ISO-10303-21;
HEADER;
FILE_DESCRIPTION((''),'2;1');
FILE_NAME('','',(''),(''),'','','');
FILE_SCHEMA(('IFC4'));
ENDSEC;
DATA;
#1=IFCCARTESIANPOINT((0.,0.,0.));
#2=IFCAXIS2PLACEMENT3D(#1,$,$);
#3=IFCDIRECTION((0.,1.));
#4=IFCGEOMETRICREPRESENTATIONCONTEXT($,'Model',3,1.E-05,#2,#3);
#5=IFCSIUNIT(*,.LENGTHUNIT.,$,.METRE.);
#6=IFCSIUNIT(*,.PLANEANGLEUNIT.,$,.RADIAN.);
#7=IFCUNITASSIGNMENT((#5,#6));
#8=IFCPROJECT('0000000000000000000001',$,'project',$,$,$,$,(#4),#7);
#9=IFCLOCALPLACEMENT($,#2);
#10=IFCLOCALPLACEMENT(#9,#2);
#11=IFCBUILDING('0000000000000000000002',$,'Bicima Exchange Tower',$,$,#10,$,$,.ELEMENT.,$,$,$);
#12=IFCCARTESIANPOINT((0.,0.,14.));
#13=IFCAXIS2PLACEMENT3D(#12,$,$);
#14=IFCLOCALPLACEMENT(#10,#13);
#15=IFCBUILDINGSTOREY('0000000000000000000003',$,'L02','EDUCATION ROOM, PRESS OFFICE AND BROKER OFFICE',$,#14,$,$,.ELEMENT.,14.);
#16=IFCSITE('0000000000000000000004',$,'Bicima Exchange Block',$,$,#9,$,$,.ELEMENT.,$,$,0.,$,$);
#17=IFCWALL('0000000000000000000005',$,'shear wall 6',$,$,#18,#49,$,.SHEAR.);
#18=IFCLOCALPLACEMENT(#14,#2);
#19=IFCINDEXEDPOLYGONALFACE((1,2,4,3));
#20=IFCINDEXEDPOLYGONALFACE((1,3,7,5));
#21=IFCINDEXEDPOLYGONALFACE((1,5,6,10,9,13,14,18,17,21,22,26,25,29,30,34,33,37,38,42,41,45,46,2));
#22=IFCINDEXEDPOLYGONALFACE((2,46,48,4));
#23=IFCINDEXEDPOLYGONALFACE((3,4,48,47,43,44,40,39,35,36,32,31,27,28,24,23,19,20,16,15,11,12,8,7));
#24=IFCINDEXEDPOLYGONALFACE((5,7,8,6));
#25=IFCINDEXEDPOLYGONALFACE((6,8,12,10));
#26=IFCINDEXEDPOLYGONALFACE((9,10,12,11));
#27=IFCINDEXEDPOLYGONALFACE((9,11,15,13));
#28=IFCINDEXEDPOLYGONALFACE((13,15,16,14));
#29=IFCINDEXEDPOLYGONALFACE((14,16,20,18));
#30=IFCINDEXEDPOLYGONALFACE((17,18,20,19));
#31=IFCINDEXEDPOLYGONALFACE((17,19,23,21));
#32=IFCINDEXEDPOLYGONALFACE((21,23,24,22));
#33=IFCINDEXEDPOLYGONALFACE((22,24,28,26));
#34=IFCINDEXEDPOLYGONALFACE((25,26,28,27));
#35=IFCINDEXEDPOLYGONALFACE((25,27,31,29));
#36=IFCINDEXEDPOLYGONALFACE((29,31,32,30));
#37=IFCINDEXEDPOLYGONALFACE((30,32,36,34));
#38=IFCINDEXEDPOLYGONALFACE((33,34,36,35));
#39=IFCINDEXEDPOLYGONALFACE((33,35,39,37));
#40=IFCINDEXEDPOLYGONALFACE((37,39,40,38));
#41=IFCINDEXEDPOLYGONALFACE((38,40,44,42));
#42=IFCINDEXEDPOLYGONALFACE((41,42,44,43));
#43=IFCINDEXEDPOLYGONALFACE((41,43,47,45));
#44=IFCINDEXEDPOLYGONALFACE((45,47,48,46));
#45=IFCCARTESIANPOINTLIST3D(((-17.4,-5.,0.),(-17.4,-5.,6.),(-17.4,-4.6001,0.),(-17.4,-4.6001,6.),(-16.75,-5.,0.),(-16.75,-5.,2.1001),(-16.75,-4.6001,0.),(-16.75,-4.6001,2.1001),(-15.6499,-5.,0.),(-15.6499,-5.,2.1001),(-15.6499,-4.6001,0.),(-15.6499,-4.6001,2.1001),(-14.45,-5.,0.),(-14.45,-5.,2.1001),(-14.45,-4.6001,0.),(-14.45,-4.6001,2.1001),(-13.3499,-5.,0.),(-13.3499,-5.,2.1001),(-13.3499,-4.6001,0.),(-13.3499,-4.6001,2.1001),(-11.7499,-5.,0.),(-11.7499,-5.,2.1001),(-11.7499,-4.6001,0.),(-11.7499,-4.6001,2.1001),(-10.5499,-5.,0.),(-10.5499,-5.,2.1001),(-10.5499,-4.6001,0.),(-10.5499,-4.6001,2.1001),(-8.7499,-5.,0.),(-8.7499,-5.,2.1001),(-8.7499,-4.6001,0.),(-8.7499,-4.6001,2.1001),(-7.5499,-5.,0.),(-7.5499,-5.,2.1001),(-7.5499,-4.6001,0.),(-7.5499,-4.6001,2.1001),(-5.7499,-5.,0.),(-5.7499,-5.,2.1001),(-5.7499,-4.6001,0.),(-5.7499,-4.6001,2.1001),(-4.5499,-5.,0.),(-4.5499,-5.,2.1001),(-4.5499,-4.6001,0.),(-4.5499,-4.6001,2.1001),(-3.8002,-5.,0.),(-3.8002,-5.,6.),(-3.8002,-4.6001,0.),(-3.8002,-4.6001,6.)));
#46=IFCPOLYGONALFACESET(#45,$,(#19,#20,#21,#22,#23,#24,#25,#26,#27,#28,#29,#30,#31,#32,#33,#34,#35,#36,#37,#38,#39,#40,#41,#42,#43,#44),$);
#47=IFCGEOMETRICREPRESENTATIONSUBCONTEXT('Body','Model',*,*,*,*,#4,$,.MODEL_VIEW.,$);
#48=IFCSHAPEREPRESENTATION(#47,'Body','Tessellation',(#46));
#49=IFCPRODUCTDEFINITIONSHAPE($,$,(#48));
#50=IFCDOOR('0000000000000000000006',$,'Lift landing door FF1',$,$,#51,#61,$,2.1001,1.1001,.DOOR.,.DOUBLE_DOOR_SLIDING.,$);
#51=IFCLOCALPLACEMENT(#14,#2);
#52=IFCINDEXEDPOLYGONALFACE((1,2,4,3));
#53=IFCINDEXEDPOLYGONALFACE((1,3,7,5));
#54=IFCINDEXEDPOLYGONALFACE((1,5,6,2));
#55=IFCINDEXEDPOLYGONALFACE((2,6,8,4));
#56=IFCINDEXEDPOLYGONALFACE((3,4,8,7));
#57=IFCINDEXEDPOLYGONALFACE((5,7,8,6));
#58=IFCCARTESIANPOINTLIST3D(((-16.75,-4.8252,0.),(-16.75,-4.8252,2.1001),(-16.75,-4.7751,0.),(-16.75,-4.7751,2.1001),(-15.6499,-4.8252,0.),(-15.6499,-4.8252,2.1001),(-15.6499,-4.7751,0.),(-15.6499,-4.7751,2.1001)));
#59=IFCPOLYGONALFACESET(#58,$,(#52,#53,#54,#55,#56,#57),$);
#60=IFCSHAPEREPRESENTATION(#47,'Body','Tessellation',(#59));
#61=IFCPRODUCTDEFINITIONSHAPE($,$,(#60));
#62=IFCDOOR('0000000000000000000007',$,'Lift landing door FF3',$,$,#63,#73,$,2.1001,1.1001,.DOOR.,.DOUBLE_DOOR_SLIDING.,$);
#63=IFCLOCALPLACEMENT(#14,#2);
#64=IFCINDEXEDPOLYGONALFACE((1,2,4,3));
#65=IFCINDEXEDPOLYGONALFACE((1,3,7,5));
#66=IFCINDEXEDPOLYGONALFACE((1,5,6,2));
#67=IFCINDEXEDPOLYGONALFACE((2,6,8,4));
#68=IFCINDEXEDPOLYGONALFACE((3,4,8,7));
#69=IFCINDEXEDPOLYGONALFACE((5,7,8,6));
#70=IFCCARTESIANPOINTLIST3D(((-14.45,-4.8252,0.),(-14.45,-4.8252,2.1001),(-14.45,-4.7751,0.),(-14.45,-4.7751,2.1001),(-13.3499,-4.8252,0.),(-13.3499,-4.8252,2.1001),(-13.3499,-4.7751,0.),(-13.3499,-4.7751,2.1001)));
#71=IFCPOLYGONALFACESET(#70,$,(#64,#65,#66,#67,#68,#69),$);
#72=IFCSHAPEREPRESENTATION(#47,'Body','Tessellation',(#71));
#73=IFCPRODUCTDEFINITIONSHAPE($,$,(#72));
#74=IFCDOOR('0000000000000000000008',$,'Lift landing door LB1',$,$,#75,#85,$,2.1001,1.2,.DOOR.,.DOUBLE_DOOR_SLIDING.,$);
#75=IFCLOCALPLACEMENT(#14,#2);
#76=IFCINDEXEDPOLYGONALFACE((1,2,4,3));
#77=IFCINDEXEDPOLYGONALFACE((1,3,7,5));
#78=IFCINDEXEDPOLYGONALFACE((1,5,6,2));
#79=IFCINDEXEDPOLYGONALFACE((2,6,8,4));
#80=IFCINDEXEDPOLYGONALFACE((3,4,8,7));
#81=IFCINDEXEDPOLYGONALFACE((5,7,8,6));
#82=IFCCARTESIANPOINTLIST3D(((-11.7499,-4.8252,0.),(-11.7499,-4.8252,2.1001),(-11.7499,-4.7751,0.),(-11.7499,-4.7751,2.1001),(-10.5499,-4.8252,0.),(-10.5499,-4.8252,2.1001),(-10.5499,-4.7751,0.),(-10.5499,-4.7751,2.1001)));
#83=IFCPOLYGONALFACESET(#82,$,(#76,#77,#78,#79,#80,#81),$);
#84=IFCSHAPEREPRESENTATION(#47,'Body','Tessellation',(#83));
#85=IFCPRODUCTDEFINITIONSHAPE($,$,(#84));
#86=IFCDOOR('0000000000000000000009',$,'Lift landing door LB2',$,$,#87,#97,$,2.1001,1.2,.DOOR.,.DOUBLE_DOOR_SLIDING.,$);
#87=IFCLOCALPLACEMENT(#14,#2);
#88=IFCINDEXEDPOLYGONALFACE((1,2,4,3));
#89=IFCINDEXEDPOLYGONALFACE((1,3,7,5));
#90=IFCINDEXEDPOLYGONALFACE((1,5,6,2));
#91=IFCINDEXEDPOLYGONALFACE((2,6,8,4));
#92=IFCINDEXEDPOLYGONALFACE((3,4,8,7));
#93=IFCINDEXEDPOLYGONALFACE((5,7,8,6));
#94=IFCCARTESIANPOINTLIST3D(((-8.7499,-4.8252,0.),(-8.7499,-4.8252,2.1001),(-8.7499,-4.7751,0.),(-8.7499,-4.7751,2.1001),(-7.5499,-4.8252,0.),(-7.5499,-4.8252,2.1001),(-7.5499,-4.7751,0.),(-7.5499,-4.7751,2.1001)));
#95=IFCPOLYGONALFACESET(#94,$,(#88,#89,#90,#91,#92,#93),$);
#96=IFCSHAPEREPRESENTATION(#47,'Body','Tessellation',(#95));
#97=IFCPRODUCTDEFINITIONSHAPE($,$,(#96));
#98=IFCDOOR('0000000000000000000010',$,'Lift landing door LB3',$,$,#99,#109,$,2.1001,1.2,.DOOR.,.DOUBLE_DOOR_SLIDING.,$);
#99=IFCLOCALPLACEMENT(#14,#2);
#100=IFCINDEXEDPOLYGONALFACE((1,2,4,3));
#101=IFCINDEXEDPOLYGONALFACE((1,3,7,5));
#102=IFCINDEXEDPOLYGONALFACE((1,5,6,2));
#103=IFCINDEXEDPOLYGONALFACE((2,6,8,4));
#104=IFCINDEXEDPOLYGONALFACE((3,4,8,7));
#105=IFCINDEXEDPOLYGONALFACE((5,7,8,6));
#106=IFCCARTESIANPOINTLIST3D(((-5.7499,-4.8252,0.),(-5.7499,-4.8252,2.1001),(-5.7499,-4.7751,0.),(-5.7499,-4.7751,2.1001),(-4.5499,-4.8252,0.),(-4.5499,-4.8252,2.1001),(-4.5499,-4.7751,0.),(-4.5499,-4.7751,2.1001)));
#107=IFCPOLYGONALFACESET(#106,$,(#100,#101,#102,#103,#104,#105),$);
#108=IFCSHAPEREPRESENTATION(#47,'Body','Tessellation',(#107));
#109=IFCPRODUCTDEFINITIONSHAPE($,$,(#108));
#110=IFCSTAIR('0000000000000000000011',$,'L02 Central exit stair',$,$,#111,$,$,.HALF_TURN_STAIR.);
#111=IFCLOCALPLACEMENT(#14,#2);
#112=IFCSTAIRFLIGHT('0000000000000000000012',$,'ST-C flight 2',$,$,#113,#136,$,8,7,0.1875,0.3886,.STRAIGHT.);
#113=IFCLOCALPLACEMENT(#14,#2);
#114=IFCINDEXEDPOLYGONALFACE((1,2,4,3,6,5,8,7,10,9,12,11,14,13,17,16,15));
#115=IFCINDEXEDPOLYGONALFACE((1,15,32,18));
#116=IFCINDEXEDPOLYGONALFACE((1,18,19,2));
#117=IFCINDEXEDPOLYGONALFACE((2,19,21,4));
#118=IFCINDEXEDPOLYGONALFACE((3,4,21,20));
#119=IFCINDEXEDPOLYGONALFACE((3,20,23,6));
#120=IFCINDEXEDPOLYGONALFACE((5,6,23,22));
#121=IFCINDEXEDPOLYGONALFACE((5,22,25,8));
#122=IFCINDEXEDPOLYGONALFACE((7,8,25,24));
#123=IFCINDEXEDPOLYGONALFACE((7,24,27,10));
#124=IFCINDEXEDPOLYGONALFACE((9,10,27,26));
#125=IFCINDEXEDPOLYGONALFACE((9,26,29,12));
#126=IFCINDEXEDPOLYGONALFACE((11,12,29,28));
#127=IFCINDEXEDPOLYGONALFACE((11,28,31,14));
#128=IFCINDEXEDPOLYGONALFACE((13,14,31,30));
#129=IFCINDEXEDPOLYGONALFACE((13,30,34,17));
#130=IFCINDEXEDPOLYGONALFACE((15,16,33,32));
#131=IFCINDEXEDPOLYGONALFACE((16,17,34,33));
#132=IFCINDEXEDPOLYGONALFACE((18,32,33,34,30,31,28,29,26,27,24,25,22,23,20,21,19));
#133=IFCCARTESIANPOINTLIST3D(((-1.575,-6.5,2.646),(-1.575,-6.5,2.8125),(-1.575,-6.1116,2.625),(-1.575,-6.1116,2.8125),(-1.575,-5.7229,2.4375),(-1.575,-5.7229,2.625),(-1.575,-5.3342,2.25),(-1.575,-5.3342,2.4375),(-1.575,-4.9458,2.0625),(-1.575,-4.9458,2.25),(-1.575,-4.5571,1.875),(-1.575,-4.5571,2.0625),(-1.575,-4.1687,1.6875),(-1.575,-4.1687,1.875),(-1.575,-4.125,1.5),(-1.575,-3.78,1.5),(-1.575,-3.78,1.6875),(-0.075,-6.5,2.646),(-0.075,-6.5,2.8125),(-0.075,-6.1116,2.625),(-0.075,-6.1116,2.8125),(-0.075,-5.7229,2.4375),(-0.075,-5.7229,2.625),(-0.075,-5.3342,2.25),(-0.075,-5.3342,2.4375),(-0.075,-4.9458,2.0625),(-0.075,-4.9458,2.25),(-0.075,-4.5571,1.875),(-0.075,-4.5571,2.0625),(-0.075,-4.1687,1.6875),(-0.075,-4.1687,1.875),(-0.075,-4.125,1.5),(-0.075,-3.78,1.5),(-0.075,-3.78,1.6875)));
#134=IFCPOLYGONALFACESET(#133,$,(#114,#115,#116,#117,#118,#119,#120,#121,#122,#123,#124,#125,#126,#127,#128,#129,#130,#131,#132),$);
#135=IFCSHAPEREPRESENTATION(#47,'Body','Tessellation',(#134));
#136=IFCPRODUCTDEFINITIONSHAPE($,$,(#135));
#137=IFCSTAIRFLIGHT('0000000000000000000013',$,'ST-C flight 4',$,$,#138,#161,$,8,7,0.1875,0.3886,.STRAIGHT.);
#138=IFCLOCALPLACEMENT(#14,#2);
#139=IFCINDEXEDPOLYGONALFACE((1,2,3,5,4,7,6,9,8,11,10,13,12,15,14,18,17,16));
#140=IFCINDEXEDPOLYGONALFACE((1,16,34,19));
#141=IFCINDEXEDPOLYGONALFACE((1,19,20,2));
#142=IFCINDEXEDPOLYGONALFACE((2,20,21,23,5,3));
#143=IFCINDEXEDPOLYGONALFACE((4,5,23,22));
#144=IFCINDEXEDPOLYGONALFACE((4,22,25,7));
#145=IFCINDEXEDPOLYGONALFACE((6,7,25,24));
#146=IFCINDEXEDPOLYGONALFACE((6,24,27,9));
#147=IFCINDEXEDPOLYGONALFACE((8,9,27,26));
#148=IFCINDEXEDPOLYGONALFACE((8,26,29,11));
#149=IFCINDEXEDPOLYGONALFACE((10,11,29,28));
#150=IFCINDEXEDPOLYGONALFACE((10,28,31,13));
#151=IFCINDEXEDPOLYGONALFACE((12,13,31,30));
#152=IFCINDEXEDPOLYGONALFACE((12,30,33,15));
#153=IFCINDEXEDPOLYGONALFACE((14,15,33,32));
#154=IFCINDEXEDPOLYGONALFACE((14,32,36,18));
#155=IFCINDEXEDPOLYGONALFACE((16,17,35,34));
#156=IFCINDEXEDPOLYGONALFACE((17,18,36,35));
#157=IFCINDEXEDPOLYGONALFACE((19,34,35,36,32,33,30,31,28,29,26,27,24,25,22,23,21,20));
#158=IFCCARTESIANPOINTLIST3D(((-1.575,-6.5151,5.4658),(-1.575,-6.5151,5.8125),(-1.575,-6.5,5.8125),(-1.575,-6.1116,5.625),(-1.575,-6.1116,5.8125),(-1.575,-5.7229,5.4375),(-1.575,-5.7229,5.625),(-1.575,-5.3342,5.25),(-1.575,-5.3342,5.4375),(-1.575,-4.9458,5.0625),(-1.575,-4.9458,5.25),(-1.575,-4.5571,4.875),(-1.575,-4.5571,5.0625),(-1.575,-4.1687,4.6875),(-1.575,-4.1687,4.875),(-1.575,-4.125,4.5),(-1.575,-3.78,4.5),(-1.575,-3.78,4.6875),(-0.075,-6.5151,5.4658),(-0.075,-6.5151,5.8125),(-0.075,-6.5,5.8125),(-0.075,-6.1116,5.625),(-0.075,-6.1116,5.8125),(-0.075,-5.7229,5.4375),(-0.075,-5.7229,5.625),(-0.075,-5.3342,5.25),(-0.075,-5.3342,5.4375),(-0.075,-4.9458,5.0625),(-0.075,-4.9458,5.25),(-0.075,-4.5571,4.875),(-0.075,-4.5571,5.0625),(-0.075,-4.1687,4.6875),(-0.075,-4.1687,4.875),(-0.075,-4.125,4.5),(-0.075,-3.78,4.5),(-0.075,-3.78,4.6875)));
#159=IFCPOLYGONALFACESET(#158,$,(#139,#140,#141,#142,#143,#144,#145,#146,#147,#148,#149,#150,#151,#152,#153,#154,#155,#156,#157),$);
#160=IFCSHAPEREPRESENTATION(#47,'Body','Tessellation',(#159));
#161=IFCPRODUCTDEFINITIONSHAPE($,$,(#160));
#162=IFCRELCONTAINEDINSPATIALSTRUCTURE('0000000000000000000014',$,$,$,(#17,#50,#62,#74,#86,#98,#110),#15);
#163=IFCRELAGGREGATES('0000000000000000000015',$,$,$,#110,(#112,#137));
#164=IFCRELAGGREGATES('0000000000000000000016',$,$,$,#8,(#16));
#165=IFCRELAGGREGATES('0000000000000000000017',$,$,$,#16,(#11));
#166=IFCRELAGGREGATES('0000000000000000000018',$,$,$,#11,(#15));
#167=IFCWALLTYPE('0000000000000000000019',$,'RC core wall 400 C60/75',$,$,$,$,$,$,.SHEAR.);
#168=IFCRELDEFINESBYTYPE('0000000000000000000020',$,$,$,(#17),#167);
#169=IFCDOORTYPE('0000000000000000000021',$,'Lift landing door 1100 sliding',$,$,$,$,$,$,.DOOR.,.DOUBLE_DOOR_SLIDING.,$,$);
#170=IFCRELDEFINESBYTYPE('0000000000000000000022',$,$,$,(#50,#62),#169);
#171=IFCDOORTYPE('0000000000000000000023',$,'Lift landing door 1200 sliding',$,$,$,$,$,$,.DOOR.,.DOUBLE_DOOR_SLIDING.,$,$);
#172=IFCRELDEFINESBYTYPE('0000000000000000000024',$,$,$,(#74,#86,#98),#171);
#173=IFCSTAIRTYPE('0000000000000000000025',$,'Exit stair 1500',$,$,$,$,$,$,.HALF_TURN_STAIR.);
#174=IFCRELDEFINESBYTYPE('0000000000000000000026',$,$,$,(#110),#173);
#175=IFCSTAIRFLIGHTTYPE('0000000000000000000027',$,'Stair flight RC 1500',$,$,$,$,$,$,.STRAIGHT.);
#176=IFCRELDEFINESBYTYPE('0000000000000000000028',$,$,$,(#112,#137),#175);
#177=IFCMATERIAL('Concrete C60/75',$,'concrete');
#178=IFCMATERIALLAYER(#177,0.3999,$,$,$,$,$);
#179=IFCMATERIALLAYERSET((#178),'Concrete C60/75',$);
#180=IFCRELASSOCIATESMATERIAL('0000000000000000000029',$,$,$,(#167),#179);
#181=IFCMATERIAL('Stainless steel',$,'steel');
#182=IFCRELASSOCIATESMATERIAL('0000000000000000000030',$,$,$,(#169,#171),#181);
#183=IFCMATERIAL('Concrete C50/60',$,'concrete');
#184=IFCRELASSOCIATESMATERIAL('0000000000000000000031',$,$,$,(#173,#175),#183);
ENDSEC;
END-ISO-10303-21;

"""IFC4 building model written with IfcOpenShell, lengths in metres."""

from ifc_helpers import new_model, si_unit, direction, frame, frame_2d, origin, place, context, subcontext, project, spatial, polyline, rectangle, outline, extrude, material, layer, layer_set, type_object, element, fill, aggregate, save


model = new_model("IFC4")

# Units and contexts
model_context = context("Model", 3, precision=1e-05, world=origin(), true_north=direction((0.0, 1.0)))
body_context = subcontext(model_context, "Body", "Model", "MODEL_VIEW")
ifc_project = project(units=[si_unit("LENGTHUNIT", "METRE"), si_unit("PLANEANGLEUNIT", "RADIAN")], contexts=[model_context])

# Site, building, storey
site_placement = place(None, origin())
site = spatial("IfcSite", under=ifc_project, at=site_placement, Name="Bicima Exchange Block", CompositionType="ELEMENT", RefElevation=0.0)
building_placement = place(site_placement, origin())
building = spatial("IfcBuilding", under=site, at=building_placement, Name="Bicima Exchange Tower", CompositionType="ELEMENT")
storey_placement = place(building_placement, frame((0.0, 0.0, 14.0)))
storey = spatial("IfcBuildingStorey", under=building, at=storey_placement, Name="L02", Description="EDUCATION ROOM, PRESS OFFICE AND BROKER OFFICE", CompositionType="ELEMENT", Elevation=14.0)

# Shared definitions
ifc_material_1 = material(Name="Concrete C50/60", Category="concrete")

# Wall, openings, doors
ifc_material_2 = material(Name="Concrete C60/75", Category="concrete")
ifc_layer_1 = layer(ifc_material_2, 0.3999)
ifc_layer_set_1 = layer_set([ifc_layer_1], Name="Concrete C60/75")
wall_type_1 = type_object("IfcWallType", Name="RC core wall 400 C60/75", PredefinedType="SHEAR", material=ifc_layer_set_1)
wall_1_placement = place(storey_placement, frame((-17.3999, -4.8, 0.0), z_axis=(0.0, 0.0, 1.0), x_axis=(1.0, 0.0, 0.0)))
wall_1 = element("IfcWall", 1, at=wall_1_placement, inside=storey, type_object=wall_type_1, Name="shear wall 6", PredefinedType="SHEAR", context=body_context, shape_type="SweptSolid", body=[
    extrude(rectangle(XDim=13.5999, YDim=0.3999, at=frame_2d((6.7998, 0.0))), origin(), (0.0, 0.0, 1.0), 6.0),
])
opening_1_placement = place(wall_1_placement, frame((0.6499, 0.0, 0.0)))
opening_1 = element("IfcOpeningElement", 2, at=opening_1_placement, cuts=wall_1, PredefinedType="OPENING", context=body_context, shape_type="SweptSolid", body=[
    extrude(rectangle(XDim=1.1001, YDim=2.1001, at=frame_2d((0.55, 1.05))), frame((0.0, 0.2119, 0.0), z_axis=(0.0, -1.0, 0.0), x_axis=(1.0, 0.0, 0.0)), (0.0, 0.0, 1.0), 0.4238),
])
opening_2_placement = place(wall_1_placement, frame((2.95, 0.0, 0.0)))
opening_2 = element("IfcOpeningElement", 3, at=opening_2_placement, cuts=wall_1, PredefinedType="OPENING", context=body_context, shape_type="SweptSolid", body=[
    extrude(rectangle(XDim=1.1001, YDim=2.1001, at=frame_2d((0.55, 1.05))), frame((0.0, 0.2119, 0.0), z_axis=(0.0, -1.0, 0.0), x_axis=(1.0, 0.0, 0.0)), (0.0, 0.0, 1.0), 0.4238),
])
opening_3_placement = place(wall_1_placement, frame((5.6499, 0.0, 0.0)))
opening_3 = element("IfcOpeningElement", 4, at=opening_3_placement, cuts=wall_1, PredefinedType="OPENING", context=body_context, shape_type="SweptSolid", body=[
    extrude(rectangle(XDim=1.2, YDim=2.1001, at=frame_2d((0.6001, 1.05))), frame((0.0, 0.2119, 0.0), z_axis=(0.0, -1.0, 0.0), x_axis=(1.0, 0.0, 0.0)), (0.0, 0.0, 1.0), 0.4238),
])
opening_4_placement = place(wall_1_placement, frame((8.6499, 0.0, 0.0)))
opening_4 = element("IfcOpeningElement", 5, at=opening_4_placement, cuts=wall_1, PredefinedType="OPENING", context=body_context, shape_type="SweptSolid", body=[
    extrude(rectangle(XDim=1.2, YDim=2.1001, at=frame_2d((0.6001, 1.05))), frame((0.0, 0.2119, 0.0), z_axis=(0.0, -1.0, 0.0), x_axis=(1.0, 0.0, 0.0)), (0.0, 0.0, 1.0), 0.4238),
])
opening_5_placement = place(wall_1_placement, frame((11.6499, 0.0, 0.0)))
opening_5 = element("IfcOpeningElement", 6, at=opening_5_placement, cuts=wall_1, PredefinedType="OPENING", context=body_context, shape_type="SweptSolid", body=[
    extrude(rectangle(XDim=1.2, YDim=2.1001, at=frame_2d((0.6001, 1.05))), frame((0.0, 0.2119, 0.0), z_axis=(0.0, -1.0, 0.0), x_axis=(1.0, 0.0, 0.0)), (0.0, 0.0, 1.0), 0.4238),
])
ifc_material_3 = material(Name="Stainless steel", Category="steel")
door_type_1 = type_object("IfcDoorType", Name="Lift landing door 1100 sliding", OperationType="DOUBLE_DOOR_SLIDING", PredefinedType="DOOR", material=ifc_material_3)
door_1_placement = place(opening_1_placement, origin())
door_1 = element("IfcDoor", 7, at=door_1_placement, inside=storey, type_object=door_type_1, Name="Lift landing door FF1", OperationType="DOUBLE_DOOR_SLIDING", OverallHeight=2.1001, OverallWidth=1.1001, PredefinedType="DOOR", context=body_context, shape_type="SweptSolid", body=[
    extrude(rectangle(XDim=1.1001, YDim=2.1001, at=frame_2d((0.55, 1.05))), frame((0.0, 0.0249, 0.0), z_axis=(0.0, -1.0, 0.0), x_axis=(1.0, 0.0, 0.0)), (0.0, 0.0, 1.0), 0.05),
])
fill(opening_1, door_1)
door_2_placement = place(opening_2_placement, origin())
door_2 = element("IfcDoor", 8, at=door_2_placement, inside=storey, type_object=door_type_1, Name="Lift landing door FF3", OperationType="DOUBLE_DOOR_SLIDING", OverallHeight=2.1001, OverallWidth=1.1001, PredefinedType="DOOR", context=body_context, shape_type="SweptSolid", body=[
    extrude(rectangle(XDim=1.1001, YDim=2.1001, at=frame_2d((0.55, 1.05))), frame((0.0, 0.0249, 0.0), z_axis=(0.0, -1.0, 0.0), x_axis=(1.0, 0.0, 0.0)), (0.0, 0.0, 1.0), 0.05),
])
fill(opening_2, door_2)
door_type_2 = type_object("IfcDoorType", Name="Lift landing door 1200 sliding", OperationType="DOUBLE_DOOR_SLIDING", PredefinedType="DOOR", material=ifc_material_3)
door_3_placement = place(opening_3_placement, origin())
door_3 = element("IfcDoor", 9, at=door_3_placement, inside=storey, type_object=door_type_2, Name="Lift landing door LB1", OperationType="DOUBLE_DOOR_SLIDING", OverallHeight=2.1001, OverallWidth=1.2, PredefinedType="DOOR", context=body_context, shape_type="SweptSolid", body=[
    extrude(rectangle(XDim=1.2, YDim=2.1001, at=frame_2d((0.6001, 1.05))), frame((0.0, 0.0249, 0.0), z_axis=(0.0, -1.0, 0.0), x_axis=(1.0, 0.0, 0.0)), (0.0, 0.0, 1.0), 0.05),
])
fill(opening_3, door_3)
door_4_placement = place(opening_4_placement, origin())
door_4 = element("IfcDoor", 10, at=door_4_placement, inside=storey, type_object=door_type_2, Name="Lift landing door LB2", OperationType="DOUBLE_DOOR_SLIDING", OverallHeight=2.1001, OverallWidth=1.2, PredefinedType="DOOR", context=body_context, shape_type="SweptSolid", body=[
    extrude(rectangle(XDim=1.2, YDim=2.1001, at=frame_2d((0.6001, 1.05))), frame((0.0, 0.0249, 0.0), z_axis=(0.0, -1.0, 0.0), x_axis=(1.0, 0.0, 0.0)), (0.0, 0.0, 1.0), 0.05),
])
fill(opening_4, door_4)
door_5_placement = place(opening_5_placement, origin())
door_5 = element("IfcDoor", 11, at=door_5_placement, inside=storey, type_object=door_type_2, Name="Lift landing door LB3", OperationType="DOUBLE_DOOR_SLIDING", OverallHeight=2.1001, OverallWidth=1.2, PredefinedType="DOOR", context=body_context, shape_type="SweptSolid", body=[
    extrude(rectangle(XDim=1.2, YDim=2.1001, at=frame_2d((0.6001, 1.05))), frame((0.0, 0.0249, 0.0), z_axis=(0.0, -1.0, 0.0), x_axis=(1.0, 0.0, 0.0)), (0.0, 0.0, 1.0), 0.05),
])
fill(opening_5, door_5)

# Stair, stair flights
stair_type = type_object("IfcStairType", Name="Exit stair 1500", PredefinedType="HALF_TURN_STAIR", material=ifc_material_1)
stair_placement = place(storey_placement, origin())
stair = element("IfcStair", 12, at=stair_placement, inside=storey, type_object=stair_type, Name="L02 Central exit stair", PredefinedType="HALF_TURN_STAIR")
stair_flight_type = type_object("IfcStairFlightType", Name="Stair flight RC 1500", PredefinedType="STRAIGHT", material=ifc_material_1)
stair_flight_1_placement = place(storey_placement, frame((-0.825, -3.78, 1.5), z_axis=(0.0, 0.0, 1.0), x_axis=(0.0, -1.0, 0.0)))
stair_flight_1 = element("IfcStairFlight", 13, at=stair_flight_1_placement, type_object=stair_flight_type, Name="ST-C flight 2", NumberOfRisers=8, NumberOfTreads=7, PredefinedType="STRAIGHT", RiserHeight=0.1875, TreadLength=0.3886, context=body_context, shape_type="SweptSolid", body=[
    extrude(outline(polyline([(0.0, 0.0), (0.0, 0.1875), (0.3887, 0.1875), (0.3887, 0.375), (0.7771, 0.375), (0.7771, 0.5625), (1.1658, 0.5625), (1.1658, 0.75), (1.5542, 0.75), (1.5542, 0.9375), (1.9429, 0.9375), (1.9429, 1.125), (2.3315, 1.125), (2.3315, 1.3125), (2.72, 1.3125), (2.72, 1.5), (2.72, 1.146), (0.345, 0.0), (0.0, 0.0)])), frame((0.0, 0.75, 0.0), z_axis=(0.0, -1.0, 0.0), x_axis=(1.0, 0.0, 0.0)), (0.0, 0.0, 1.0), 1.5),
])
stair_flight_2_placement = place(storey_placement, frame((-0.825, -3.78, 4.5), z_axis=(0.0, 0.0, 1.0), x_axis=(0.0, -1.0, 0.0)))
stair_flight_2 = element("IfcStairFlight", 14, at=stair_flight_2_placement, type_object=stair_flight_type, Name="ST-C flight 4", NumberOfRisers=8, NumberOfTreads=7, PredefinedType="STRAIGHT", RiserHeight=0.1875, TreadLength=0.3886, context=body_context, shape_type="SweptSolid", body=[
    extrude(outline(polyline([(0.0, 0.0), (0.0, 0.1875), (0.3887, 0.1875), (0.3887, 0.375), (0.7771, 0.375), (0.7771, 0.5625), (1.1658, 0.5625), (1.1658, 0.75), (1.5542, 0.75), (1.5542, 0.9375), (1.9429, 0.9375), (1.9429, 1.125), (2.3315, 1.125), (2.3315, 1.3125), (2.72, 1.3125), (2.7351, 1.3125), (2.7351, 0.9658), (0.345, 0.0), (0.0, 0.0)])), frame((0.0, 0.75, 0.0), z_axis=(0.0, -1.0, 0.0), x_axis=(1.0, 0.0, 0.0)), (0.0, 0.0, 1.0), 1.5),
])
aggregate(stair, [stair_flight_1, stair_flight_2])

save(model, "model.ifc")
